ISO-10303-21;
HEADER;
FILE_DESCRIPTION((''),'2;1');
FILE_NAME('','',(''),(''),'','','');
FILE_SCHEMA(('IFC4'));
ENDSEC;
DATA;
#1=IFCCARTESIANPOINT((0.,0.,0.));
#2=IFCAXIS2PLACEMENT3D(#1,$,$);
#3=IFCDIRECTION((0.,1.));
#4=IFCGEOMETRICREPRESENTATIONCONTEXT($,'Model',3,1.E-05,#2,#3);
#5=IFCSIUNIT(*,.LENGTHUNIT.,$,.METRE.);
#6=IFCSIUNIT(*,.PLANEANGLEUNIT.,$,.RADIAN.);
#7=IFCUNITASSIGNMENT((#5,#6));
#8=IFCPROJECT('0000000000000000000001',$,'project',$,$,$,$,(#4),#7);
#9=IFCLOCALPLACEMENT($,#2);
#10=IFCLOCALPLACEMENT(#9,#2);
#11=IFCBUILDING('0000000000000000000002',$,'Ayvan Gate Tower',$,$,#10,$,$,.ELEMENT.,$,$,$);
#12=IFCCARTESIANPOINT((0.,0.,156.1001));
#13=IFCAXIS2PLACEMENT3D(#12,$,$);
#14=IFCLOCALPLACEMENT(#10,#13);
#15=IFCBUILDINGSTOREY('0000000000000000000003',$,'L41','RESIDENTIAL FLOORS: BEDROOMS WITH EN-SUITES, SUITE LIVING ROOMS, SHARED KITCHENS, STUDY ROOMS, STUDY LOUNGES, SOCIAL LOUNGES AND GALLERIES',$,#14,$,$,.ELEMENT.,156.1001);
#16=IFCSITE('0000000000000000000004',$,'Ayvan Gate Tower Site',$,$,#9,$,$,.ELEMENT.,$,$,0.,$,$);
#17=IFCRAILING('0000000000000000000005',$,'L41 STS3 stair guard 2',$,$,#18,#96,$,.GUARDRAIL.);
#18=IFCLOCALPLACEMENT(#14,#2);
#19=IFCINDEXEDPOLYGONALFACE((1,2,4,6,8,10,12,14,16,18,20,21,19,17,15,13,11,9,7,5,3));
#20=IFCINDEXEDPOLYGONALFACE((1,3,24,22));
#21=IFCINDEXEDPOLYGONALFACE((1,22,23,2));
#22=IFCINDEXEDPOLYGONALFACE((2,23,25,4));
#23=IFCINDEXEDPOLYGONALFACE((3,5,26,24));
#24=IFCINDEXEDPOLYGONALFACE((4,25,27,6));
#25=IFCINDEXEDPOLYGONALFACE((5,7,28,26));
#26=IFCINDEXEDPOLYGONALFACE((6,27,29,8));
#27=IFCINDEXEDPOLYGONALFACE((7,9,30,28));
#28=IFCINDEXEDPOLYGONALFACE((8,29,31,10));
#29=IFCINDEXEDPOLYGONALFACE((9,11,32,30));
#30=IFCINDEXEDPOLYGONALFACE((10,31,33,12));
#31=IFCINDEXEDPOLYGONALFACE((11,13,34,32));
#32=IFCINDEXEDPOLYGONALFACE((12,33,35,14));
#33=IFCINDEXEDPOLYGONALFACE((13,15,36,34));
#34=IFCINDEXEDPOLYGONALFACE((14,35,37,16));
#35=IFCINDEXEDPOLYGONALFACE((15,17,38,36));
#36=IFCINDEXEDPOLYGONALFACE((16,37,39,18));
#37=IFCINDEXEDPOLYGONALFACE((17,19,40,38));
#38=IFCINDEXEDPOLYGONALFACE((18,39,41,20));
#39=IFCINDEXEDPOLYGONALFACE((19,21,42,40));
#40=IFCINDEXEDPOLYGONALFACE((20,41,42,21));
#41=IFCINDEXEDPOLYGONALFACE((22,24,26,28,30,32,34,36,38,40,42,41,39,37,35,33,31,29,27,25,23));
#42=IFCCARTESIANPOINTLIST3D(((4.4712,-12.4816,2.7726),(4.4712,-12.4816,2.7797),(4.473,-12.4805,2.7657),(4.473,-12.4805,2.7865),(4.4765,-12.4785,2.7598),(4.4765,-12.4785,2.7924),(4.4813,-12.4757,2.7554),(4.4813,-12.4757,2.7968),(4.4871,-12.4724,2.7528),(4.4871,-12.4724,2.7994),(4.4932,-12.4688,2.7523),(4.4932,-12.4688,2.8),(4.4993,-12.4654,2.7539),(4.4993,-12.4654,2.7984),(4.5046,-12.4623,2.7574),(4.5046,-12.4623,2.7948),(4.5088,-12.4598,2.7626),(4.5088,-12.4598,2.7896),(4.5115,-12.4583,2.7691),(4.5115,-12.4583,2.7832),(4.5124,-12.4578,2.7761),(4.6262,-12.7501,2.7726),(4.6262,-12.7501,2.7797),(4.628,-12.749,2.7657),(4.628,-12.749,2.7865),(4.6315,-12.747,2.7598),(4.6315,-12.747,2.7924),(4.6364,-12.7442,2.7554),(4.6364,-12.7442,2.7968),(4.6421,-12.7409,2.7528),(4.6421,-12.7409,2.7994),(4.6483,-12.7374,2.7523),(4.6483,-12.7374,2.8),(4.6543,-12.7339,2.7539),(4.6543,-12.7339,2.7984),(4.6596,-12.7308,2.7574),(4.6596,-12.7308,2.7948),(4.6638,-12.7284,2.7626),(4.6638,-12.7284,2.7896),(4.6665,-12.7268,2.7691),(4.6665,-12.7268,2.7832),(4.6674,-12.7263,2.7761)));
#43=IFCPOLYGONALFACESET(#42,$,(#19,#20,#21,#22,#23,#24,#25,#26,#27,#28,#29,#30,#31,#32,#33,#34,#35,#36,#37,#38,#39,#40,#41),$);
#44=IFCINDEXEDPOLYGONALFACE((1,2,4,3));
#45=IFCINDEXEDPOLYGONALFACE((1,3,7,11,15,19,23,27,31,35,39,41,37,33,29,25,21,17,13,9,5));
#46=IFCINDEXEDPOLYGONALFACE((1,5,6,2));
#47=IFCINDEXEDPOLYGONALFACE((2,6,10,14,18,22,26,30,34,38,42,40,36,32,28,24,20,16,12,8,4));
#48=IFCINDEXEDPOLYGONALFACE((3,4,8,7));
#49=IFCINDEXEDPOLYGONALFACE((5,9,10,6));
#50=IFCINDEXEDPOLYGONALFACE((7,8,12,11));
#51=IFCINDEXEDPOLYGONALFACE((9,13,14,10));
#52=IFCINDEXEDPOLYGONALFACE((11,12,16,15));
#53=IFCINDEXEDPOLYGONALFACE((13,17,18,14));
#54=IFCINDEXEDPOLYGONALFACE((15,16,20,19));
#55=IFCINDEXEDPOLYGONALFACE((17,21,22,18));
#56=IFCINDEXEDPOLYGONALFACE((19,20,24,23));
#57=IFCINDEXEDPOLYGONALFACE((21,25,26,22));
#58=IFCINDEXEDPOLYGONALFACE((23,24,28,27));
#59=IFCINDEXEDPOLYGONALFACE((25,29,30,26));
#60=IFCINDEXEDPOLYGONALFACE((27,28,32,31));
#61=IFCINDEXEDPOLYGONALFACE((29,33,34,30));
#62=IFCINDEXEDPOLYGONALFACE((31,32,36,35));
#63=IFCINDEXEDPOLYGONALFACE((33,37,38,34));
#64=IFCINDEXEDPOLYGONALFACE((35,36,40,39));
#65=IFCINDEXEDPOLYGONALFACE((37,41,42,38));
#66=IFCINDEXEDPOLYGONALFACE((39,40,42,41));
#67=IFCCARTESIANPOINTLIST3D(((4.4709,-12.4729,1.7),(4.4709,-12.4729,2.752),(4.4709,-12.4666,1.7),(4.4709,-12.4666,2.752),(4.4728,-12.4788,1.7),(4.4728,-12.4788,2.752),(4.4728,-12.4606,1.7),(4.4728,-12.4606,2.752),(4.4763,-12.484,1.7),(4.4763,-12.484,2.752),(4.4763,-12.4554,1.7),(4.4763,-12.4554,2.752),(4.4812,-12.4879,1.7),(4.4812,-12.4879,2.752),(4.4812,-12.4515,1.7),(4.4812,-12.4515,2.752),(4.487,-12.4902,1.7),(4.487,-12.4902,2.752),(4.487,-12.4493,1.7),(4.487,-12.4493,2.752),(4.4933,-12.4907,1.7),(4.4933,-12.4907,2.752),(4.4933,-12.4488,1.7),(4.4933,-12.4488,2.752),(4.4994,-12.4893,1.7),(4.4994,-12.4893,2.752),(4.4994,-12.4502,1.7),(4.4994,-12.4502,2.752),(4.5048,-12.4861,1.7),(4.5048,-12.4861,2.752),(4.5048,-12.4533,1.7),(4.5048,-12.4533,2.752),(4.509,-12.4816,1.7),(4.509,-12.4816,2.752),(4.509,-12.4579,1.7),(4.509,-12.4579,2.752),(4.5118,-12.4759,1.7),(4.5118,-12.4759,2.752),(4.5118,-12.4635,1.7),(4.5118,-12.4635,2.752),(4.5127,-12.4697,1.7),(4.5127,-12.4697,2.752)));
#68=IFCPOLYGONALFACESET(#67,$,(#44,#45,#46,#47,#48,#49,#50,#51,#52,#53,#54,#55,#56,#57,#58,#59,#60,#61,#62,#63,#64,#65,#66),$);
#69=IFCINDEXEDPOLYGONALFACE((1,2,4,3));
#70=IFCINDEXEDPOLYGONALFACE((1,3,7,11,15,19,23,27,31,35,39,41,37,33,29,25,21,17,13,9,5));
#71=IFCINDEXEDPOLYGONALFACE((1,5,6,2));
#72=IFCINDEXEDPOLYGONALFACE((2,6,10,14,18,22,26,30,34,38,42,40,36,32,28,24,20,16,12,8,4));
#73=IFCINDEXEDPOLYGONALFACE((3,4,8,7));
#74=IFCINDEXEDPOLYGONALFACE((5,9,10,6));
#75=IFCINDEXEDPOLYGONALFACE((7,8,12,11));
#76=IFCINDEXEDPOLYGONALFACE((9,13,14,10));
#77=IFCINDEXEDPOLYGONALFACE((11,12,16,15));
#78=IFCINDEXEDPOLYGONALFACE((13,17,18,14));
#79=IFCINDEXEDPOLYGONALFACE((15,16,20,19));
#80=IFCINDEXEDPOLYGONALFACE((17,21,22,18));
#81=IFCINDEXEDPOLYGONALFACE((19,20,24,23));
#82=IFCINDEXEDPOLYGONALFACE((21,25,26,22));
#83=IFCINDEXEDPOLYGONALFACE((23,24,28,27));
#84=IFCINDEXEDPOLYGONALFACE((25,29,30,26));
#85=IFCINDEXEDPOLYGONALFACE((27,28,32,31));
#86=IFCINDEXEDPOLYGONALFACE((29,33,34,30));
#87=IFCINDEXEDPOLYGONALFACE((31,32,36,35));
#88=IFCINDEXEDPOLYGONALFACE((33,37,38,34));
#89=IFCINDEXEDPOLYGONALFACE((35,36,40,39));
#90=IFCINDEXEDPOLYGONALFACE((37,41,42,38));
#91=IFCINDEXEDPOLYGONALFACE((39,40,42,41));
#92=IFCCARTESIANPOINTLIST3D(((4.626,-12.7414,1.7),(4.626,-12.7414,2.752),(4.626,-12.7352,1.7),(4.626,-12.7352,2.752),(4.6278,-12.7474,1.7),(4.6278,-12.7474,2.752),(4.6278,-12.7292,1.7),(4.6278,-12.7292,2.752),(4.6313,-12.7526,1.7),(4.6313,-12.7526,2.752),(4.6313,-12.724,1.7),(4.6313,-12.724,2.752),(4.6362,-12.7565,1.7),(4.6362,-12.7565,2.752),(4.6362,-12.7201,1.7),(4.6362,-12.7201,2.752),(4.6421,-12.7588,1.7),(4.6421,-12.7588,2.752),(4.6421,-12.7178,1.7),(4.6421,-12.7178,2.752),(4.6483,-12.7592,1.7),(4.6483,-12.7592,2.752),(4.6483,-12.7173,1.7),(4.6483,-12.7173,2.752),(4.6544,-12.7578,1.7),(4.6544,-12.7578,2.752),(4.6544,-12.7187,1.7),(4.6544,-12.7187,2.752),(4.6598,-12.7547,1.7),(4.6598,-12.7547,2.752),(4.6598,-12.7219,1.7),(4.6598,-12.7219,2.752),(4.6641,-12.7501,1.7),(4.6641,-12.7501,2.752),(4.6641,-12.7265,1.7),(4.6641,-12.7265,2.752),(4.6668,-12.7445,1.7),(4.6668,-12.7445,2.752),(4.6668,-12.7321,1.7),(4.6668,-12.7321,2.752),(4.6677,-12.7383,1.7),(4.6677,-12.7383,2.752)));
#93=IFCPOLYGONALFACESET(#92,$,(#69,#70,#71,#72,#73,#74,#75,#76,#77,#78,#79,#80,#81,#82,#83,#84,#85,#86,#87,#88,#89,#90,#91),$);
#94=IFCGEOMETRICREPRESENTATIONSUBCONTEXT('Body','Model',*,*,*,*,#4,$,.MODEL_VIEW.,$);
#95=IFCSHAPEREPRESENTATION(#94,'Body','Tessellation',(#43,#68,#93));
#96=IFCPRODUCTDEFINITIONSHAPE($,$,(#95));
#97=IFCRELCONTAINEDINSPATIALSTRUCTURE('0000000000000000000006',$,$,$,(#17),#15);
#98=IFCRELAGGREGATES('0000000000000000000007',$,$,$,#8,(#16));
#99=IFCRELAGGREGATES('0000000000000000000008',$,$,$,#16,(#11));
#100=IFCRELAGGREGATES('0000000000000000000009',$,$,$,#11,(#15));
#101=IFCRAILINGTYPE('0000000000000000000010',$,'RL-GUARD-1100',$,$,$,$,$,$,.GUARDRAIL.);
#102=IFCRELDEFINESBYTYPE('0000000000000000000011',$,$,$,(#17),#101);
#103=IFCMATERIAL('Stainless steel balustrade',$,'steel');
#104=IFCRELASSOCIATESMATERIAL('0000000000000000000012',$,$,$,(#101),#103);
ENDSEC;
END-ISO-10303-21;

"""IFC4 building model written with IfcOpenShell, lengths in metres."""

from ifc_helpers import new_model, si_unit, direction, frame, origin, origin_2d, place, context, subcontext, project, spatial, circle, extrude, material, type_object, element, save


model = new_model("IFC4")

# Units and contexts
model_context = context("Model", 3, precision=1e-05, world=origin(), true_north=direction((0.0, 1.0)))
body_context = subcontext(model_context, "Body", "Model", "MODEL_VIEW")
ifc_project = project(units=[si_unit("LENGTHUNIT", "METRE"), si_unit("PLANEANGLEUNIT", "RADIAN")], contexts=[model_context])

# Site, building, storey
site_placement = place(None, origin())
site = spatial("IfcSite", under=ifc_project, at=site_placement, Name="Ayvan Gate Tower Site", CompositionType="ELEMENT", RefElevation=0.0)
building_placement = place(site_placement, origin())
building = spatial("IfcBuilding", under=site, at=building_placement, Name="Ayvan Gate Tower", CompositionType="ELEMENT")
storey_placement = place(building_placement, frame((0.0, 0.0, 156.1001)))
storey = spatial("IfcBuildingStorey", under=building, at=storey_placement, Name="L41", Description="RESIDENTIAL FLOORS: BEDROOMS WITH EN-SUITES, SUITE LIVING ROOMS, SHARED KITCHENS, STUDY ROOMS, STUDY LOUNGES, SOCIAL LOUNGES AND GALLERIES", CompositionType="ELEMENT", Elevation=156.1001)

# Railing
ifc_material_1 = material(Name="Stainless steel balustrade", Category="steel")
railing_type = type_object("IfcRailingType", Name="RL-GUARD-1100", PredefinedType="GUARDRAIL", material=ifc_material_1)
railing_1_placement = place(storey_placement, frame((4.4917, -12.4697, 1.7)))
element("IfcRailing", 1, at=railing_1_placement, inside=storey, type_object=railing_type, Name="L41 STS3 stair guard 2", PredefinedType="GUARDRAIL", context=body_context, shape_type="SweptSolid", body=[
    extrude(circle(Radius=0.0239, at=origin_2d()), frame((0.0, 0.0, 1.0762), z_axis=(0.49995, -0.866054, 0.0), x_axis=(0.866054, 0.49995, 0.0)), (0.0, 0.0, 1.0), 0.3101),
    extrude(circle(Radius=0.021, at=origin_2d()), origin(), (0.0, 0.0, 1.0), 1.052),
    extrude(circle(Radius=0.021, at=origin_2d()), frame((0.155, -0.2686, 0.0)), (0.0, 0.0, 1.0), 1.052),
])

save(model, "model.ifc")
